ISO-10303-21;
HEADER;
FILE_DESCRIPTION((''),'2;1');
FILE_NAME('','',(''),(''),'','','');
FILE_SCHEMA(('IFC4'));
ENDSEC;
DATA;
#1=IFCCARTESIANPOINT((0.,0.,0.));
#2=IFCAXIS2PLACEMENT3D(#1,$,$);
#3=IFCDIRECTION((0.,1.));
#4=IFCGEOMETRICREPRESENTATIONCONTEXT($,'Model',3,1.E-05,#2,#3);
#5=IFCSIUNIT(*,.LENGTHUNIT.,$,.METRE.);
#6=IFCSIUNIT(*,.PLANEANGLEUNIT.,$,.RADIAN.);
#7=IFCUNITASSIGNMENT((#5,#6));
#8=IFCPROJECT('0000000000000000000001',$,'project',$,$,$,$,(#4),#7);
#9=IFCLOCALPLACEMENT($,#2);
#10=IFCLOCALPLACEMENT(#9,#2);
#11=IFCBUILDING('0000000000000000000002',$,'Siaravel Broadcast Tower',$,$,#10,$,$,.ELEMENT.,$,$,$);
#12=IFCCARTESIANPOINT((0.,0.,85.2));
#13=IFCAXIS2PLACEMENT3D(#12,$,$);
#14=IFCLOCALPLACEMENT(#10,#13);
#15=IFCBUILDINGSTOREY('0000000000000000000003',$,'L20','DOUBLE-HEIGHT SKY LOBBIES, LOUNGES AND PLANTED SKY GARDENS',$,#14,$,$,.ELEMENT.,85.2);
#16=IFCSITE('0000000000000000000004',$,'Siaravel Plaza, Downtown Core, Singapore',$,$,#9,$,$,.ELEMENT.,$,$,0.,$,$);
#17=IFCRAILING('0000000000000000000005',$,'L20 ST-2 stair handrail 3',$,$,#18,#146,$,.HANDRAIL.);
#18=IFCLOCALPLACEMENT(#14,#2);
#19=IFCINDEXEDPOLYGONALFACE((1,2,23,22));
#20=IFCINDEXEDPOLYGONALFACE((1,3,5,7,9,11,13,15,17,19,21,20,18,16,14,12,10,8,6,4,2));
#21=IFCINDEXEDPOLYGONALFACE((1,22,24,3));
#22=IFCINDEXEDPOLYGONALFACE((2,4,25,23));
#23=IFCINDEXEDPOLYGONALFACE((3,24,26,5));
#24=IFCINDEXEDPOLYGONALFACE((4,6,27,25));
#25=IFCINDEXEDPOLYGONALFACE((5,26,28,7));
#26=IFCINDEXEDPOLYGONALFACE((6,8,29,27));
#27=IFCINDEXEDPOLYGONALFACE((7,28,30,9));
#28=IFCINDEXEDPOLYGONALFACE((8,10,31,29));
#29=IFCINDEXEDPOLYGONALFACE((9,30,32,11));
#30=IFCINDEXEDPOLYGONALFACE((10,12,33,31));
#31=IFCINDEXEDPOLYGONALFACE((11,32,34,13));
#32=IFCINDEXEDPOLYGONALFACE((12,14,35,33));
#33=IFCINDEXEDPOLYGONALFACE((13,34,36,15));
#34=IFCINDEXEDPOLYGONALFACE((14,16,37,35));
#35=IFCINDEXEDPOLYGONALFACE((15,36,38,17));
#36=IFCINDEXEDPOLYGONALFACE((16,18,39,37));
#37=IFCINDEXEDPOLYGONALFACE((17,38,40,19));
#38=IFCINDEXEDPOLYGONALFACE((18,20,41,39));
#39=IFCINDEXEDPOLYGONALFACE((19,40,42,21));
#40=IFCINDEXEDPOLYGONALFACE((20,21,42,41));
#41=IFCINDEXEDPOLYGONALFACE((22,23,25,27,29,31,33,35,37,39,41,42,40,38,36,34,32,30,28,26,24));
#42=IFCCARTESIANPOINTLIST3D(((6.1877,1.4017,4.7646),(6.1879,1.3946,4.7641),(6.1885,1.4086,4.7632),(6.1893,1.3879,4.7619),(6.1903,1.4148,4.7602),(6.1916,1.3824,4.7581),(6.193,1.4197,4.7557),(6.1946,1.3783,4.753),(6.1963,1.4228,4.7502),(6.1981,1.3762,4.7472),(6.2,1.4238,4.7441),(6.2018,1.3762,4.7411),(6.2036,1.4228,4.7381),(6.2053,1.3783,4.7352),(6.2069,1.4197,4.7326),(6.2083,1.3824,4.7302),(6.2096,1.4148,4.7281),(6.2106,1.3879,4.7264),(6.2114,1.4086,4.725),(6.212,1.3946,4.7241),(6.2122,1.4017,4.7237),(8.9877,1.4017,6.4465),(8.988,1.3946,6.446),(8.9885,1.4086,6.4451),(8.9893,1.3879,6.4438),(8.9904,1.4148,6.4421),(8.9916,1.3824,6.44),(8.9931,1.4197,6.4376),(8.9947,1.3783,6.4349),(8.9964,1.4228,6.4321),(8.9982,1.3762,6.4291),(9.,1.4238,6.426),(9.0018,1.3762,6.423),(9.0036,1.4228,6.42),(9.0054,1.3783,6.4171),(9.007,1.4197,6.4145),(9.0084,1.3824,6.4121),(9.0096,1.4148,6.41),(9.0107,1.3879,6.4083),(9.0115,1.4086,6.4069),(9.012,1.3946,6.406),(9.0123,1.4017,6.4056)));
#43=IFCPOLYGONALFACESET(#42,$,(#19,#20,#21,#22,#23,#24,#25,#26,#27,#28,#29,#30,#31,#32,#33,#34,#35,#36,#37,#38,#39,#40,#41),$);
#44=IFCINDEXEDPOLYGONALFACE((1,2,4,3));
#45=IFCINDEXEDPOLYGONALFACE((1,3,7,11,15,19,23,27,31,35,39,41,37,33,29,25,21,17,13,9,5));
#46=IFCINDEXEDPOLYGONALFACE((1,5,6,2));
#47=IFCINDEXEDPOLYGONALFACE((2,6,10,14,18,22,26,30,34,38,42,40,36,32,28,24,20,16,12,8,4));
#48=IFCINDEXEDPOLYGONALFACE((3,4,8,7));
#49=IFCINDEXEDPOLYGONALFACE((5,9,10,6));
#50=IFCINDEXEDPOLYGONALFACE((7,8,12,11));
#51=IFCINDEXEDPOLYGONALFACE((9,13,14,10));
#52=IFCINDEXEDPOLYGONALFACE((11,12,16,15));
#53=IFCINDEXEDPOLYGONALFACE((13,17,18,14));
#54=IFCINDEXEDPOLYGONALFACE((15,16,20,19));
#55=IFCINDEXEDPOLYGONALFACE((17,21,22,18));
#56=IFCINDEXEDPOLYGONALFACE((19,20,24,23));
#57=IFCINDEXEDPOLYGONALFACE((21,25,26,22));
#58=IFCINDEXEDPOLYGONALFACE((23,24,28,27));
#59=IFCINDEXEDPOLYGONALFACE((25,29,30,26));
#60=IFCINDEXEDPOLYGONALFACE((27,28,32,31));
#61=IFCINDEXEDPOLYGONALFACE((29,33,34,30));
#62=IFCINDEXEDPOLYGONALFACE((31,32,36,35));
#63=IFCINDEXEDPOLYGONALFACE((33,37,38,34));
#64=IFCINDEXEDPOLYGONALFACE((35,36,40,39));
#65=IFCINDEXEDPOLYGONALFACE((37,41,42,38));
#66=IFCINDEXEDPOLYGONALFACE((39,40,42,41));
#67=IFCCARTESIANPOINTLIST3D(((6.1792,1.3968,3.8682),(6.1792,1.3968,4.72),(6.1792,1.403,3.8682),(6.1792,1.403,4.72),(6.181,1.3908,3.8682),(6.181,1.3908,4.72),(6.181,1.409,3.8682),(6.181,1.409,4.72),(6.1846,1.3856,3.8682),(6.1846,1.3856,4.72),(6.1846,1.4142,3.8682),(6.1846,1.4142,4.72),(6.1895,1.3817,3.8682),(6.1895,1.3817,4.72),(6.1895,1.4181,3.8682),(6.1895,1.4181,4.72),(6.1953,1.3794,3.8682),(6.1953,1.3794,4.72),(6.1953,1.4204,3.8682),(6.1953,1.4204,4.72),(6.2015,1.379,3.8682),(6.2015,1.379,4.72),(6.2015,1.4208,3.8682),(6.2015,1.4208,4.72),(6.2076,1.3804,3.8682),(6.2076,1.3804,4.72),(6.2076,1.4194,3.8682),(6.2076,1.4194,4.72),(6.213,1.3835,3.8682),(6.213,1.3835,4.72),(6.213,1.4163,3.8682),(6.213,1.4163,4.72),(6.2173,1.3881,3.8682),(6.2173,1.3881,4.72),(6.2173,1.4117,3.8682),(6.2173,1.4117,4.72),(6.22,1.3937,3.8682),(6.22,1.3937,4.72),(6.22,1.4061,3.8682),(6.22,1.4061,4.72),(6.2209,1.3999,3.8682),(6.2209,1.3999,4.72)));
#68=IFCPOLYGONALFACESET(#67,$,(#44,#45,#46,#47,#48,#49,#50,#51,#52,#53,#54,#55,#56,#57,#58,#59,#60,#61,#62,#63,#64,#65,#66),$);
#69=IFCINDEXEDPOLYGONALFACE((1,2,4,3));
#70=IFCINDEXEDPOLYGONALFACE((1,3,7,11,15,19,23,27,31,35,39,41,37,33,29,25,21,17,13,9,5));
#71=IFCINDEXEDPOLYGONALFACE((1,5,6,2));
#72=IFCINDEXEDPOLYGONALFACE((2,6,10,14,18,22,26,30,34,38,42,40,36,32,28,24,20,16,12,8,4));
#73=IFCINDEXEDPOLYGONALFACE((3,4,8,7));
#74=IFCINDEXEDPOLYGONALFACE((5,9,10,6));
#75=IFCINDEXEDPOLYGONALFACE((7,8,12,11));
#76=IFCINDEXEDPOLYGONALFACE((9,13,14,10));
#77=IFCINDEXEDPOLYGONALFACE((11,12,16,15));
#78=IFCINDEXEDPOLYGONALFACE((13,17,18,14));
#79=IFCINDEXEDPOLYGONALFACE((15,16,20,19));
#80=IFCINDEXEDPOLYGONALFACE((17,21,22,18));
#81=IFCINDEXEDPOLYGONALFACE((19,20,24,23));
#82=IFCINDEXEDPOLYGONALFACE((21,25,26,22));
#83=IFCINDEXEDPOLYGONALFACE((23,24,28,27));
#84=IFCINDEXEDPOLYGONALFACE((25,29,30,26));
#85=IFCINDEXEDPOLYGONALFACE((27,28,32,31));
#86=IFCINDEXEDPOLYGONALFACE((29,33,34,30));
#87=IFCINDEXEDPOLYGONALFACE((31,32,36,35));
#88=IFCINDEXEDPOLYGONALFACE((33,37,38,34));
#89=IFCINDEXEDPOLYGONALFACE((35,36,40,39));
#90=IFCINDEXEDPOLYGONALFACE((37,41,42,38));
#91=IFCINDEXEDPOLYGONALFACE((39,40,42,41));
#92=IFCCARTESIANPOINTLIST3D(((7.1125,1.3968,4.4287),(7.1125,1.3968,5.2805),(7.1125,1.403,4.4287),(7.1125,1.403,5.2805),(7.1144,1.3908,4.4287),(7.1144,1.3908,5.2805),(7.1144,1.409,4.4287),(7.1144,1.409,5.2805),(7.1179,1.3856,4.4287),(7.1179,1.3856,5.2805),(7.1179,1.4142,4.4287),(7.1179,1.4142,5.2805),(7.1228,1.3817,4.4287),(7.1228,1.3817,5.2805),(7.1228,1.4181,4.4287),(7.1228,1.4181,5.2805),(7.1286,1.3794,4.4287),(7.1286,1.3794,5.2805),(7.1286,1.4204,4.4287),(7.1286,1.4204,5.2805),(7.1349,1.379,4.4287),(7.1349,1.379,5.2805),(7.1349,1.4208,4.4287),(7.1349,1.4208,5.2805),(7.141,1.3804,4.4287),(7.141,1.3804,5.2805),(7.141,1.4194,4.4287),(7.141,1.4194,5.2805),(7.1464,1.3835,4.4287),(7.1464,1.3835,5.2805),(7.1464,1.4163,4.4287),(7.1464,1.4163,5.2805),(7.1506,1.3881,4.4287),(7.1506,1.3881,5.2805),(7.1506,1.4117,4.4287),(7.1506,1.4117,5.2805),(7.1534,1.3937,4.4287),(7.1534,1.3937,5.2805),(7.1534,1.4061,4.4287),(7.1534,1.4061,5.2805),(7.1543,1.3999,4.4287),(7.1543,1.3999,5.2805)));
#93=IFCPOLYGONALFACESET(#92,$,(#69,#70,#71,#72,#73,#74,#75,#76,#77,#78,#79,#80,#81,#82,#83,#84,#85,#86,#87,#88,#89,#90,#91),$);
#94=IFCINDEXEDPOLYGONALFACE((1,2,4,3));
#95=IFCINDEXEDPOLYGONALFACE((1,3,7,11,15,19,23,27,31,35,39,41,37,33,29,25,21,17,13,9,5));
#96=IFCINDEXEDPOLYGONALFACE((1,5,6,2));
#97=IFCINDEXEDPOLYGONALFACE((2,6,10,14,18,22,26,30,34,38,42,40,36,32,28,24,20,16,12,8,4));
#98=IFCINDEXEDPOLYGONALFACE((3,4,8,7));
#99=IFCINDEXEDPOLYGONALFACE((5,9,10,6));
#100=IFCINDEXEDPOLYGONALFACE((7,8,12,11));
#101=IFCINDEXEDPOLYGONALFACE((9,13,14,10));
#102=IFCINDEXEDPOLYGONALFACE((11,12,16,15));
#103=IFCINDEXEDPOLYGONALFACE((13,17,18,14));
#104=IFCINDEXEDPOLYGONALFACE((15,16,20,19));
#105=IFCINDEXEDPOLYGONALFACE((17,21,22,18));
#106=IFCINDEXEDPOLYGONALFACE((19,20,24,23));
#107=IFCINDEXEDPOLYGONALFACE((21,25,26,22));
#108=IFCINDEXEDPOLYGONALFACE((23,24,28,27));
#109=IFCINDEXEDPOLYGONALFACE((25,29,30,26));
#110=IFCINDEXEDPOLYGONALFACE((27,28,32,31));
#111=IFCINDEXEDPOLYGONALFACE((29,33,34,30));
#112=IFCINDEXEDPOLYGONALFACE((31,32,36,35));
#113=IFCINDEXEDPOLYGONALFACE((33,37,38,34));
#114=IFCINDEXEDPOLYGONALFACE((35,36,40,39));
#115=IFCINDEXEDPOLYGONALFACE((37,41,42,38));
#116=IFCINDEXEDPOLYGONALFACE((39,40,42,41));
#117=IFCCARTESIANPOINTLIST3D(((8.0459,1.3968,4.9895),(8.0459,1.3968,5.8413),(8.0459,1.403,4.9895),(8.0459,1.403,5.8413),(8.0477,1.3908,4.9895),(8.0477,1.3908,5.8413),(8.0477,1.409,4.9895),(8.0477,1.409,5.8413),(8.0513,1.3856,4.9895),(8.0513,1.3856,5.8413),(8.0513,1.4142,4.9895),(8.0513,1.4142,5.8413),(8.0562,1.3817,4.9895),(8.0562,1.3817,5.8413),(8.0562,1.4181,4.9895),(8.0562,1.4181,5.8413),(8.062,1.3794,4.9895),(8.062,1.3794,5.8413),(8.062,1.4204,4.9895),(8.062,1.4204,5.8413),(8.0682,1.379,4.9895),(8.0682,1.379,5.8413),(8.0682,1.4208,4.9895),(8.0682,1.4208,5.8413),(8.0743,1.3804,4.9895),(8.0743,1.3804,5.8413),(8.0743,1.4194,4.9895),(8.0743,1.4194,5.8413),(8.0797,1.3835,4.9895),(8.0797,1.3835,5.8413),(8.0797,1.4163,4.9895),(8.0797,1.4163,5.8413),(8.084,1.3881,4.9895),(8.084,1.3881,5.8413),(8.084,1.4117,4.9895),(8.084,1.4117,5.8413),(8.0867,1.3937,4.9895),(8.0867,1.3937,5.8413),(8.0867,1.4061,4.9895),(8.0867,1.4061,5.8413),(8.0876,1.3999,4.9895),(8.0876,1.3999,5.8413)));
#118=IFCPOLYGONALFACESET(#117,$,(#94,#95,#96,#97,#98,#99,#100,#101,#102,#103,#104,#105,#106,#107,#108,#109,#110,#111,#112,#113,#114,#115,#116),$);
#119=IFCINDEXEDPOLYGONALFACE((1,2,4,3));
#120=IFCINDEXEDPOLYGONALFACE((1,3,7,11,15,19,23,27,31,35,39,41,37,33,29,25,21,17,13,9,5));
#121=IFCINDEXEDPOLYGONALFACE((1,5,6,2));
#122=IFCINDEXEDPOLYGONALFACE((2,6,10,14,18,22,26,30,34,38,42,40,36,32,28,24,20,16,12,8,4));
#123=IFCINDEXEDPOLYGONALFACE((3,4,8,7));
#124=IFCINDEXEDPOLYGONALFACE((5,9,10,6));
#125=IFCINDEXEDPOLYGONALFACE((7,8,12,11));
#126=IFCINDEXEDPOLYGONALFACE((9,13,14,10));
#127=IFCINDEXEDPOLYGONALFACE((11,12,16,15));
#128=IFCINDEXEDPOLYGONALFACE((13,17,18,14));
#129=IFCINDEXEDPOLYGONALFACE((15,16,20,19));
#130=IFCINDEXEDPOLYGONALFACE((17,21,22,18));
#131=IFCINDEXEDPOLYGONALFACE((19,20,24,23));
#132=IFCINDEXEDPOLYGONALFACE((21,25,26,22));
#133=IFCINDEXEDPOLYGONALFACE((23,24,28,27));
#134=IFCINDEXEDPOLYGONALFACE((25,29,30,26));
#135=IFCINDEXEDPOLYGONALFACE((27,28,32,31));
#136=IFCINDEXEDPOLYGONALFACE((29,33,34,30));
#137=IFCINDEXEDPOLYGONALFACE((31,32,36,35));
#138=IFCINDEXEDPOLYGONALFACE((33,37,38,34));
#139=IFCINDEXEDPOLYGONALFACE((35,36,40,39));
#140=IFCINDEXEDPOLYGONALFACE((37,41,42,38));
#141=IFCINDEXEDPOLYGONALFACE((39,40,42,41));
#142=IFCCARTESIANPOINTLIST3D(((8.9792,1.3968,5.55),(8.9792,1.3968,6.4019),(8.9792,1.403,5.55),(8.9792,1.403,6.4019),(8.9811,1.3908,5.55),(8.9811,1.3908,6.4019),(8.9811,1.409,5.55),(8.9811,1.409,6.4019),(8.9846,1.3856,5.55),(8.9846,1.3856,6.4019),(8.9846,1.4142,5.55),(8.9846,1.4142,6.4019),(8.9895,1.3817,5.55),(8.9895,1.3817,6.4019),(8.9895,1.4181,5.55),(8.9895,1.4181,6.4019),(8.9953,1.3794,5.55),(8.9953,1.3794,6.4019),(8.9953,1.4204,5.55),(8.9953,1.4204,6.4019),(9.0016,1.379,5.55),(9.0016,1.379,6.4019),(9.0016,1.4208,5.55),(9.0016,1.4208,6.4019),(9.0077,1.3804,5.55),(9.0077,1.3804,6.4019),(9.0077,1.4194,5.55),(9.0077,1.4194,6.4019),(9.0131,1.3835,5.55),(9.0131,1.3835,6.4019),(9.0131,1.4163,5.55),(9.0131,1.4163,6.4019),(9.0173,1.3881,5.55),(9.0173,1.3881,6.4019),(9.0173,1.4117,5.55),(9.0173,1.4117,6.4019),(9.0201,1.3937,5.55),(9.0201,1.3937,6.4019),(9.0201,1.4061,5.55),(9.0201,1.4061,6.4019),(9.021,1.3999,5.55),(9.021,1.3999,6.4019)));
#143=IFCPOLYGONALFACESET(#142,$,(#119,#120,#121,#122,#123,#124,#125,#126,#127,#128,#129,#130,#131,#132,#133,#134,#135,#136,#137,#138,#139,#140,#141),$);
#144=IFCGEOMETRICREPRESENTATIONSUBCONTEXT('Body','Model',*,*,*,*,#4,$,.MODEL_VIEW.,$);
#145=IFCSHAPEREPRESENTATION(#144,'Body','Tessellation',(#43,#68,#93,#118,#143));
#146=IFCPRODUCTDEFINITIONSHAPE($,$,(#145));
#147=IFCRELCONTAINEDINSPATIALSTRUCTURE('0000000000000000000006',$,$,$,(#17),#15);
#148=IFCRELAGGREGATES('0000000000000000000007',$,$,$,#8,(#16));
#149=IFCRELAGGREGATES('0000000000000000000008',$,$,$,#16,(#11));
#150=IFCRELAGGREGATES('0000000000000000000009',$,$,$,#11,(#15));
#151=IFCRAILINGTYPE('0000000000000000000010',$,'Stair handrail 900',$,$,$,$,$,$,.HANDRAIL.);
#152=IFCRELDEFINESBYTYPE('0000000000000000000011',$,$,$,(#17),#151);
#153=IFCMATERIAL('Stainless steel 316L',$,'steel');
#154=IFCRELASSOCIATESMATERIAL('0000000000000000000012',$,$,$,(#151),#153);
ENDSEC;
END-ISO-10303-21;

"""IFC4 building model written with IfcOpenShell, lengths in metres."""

from ifc_helpers import new_model, si_unit, direction, frame, origin, origin_2d, place, context, subcontext, project, spatial, circle, extrude, material, type_object, element, save


model = new_model("IFC4")

# Units and contexts
model_context = context("Model", 3, precision=1e-05, world=origin(), true_north=direction((0.0, 1.0)))
body_context = subcontext(model_context, "Body", "Model", "MODEL_VIEW")
ifc_project = project(units=[si_unit("LENGTHUNIT", "METRE"), si_unit("PLANEANGLEUNIT", "RADIAN")], contexts=[model_context])

# Site, building, storey
site_placement = place(None, origin())
site = spatial("IfcSite", under=ifc_project, at=site_placement, Name="Siaravel Plaza, Downtown Core, Singapore", CompositionType="ELEMENT", RefElevation=0.0)
building_placement = place(site_placement, origin())
building = spatial("IfcBuilding", under=site, at=building_placement, Name="Siaravel Broadcast Tower", CompositionType="ELEMENT")
storey_placement = place(building_placement, frame((0.0, 0.0, 85.2)))
storey = spatial("IfcBuildingStorey", under=building, at=storey_placement, Name="L20", Description="DOUBLE-HEIGHT SKY LOBBIES, LOUNGES AND PLANTED SKY GARDENS", CompositionType="ELEMENT", Elevation=85.2)

# Railing
ifc_material_1 = material(Name="Stainless steel 316L", Category="steel")
railing_type_1 = type_object("IfcRailingType", Name="Stair handrail 900", PredefinedType="HANDRAIL", material=ifc_material_1)
railing_1_placement = place(storey_placement, frame((6.2, 1.3999, 3.8682)))
element("IfcRailing", 1, at=railing_1_placement, inside=storey, type_object=railing_type_1, Name="L20 ST-2 stair handrail 3", PredefinedType="HANDRAIL", context=body_context, shape_type="SweptSolid", body=[
    extrude(circle(Radius=0.0239, at=origin_2d()), frame((0.0, 0.0, 0.876), z_axis=(0.857242, 0.0, 0.514913), x_axis=(0.0, 1.0, 0.0)), (0.0, 0.0, 1.0), 3.2664),
    extrude(circle(Radius=0.021, at=origin_2d()), origin(), (0.0, 0.0, 1.0), 0.8518),
    extrude(circle(Radius=0.021, at=origin_2d()), frame((0.9333, 0.0, 0.5605)), (0.0, 0.0, 1.0), 0.8518),
    extrude(circle(Radius=0.021, at=origin_2d()), frame((1.8667, 0.0, 1.1213)), (0.0, 0.0, 1.0), 0.8518),
    extrude(circle(Radius=0.021, at=origin_2d()), frame((2.8, 0.0, 1.6819)), (0.0, 0.0, 1.0), 0.8518),
])

save(model, "model.ifc")
